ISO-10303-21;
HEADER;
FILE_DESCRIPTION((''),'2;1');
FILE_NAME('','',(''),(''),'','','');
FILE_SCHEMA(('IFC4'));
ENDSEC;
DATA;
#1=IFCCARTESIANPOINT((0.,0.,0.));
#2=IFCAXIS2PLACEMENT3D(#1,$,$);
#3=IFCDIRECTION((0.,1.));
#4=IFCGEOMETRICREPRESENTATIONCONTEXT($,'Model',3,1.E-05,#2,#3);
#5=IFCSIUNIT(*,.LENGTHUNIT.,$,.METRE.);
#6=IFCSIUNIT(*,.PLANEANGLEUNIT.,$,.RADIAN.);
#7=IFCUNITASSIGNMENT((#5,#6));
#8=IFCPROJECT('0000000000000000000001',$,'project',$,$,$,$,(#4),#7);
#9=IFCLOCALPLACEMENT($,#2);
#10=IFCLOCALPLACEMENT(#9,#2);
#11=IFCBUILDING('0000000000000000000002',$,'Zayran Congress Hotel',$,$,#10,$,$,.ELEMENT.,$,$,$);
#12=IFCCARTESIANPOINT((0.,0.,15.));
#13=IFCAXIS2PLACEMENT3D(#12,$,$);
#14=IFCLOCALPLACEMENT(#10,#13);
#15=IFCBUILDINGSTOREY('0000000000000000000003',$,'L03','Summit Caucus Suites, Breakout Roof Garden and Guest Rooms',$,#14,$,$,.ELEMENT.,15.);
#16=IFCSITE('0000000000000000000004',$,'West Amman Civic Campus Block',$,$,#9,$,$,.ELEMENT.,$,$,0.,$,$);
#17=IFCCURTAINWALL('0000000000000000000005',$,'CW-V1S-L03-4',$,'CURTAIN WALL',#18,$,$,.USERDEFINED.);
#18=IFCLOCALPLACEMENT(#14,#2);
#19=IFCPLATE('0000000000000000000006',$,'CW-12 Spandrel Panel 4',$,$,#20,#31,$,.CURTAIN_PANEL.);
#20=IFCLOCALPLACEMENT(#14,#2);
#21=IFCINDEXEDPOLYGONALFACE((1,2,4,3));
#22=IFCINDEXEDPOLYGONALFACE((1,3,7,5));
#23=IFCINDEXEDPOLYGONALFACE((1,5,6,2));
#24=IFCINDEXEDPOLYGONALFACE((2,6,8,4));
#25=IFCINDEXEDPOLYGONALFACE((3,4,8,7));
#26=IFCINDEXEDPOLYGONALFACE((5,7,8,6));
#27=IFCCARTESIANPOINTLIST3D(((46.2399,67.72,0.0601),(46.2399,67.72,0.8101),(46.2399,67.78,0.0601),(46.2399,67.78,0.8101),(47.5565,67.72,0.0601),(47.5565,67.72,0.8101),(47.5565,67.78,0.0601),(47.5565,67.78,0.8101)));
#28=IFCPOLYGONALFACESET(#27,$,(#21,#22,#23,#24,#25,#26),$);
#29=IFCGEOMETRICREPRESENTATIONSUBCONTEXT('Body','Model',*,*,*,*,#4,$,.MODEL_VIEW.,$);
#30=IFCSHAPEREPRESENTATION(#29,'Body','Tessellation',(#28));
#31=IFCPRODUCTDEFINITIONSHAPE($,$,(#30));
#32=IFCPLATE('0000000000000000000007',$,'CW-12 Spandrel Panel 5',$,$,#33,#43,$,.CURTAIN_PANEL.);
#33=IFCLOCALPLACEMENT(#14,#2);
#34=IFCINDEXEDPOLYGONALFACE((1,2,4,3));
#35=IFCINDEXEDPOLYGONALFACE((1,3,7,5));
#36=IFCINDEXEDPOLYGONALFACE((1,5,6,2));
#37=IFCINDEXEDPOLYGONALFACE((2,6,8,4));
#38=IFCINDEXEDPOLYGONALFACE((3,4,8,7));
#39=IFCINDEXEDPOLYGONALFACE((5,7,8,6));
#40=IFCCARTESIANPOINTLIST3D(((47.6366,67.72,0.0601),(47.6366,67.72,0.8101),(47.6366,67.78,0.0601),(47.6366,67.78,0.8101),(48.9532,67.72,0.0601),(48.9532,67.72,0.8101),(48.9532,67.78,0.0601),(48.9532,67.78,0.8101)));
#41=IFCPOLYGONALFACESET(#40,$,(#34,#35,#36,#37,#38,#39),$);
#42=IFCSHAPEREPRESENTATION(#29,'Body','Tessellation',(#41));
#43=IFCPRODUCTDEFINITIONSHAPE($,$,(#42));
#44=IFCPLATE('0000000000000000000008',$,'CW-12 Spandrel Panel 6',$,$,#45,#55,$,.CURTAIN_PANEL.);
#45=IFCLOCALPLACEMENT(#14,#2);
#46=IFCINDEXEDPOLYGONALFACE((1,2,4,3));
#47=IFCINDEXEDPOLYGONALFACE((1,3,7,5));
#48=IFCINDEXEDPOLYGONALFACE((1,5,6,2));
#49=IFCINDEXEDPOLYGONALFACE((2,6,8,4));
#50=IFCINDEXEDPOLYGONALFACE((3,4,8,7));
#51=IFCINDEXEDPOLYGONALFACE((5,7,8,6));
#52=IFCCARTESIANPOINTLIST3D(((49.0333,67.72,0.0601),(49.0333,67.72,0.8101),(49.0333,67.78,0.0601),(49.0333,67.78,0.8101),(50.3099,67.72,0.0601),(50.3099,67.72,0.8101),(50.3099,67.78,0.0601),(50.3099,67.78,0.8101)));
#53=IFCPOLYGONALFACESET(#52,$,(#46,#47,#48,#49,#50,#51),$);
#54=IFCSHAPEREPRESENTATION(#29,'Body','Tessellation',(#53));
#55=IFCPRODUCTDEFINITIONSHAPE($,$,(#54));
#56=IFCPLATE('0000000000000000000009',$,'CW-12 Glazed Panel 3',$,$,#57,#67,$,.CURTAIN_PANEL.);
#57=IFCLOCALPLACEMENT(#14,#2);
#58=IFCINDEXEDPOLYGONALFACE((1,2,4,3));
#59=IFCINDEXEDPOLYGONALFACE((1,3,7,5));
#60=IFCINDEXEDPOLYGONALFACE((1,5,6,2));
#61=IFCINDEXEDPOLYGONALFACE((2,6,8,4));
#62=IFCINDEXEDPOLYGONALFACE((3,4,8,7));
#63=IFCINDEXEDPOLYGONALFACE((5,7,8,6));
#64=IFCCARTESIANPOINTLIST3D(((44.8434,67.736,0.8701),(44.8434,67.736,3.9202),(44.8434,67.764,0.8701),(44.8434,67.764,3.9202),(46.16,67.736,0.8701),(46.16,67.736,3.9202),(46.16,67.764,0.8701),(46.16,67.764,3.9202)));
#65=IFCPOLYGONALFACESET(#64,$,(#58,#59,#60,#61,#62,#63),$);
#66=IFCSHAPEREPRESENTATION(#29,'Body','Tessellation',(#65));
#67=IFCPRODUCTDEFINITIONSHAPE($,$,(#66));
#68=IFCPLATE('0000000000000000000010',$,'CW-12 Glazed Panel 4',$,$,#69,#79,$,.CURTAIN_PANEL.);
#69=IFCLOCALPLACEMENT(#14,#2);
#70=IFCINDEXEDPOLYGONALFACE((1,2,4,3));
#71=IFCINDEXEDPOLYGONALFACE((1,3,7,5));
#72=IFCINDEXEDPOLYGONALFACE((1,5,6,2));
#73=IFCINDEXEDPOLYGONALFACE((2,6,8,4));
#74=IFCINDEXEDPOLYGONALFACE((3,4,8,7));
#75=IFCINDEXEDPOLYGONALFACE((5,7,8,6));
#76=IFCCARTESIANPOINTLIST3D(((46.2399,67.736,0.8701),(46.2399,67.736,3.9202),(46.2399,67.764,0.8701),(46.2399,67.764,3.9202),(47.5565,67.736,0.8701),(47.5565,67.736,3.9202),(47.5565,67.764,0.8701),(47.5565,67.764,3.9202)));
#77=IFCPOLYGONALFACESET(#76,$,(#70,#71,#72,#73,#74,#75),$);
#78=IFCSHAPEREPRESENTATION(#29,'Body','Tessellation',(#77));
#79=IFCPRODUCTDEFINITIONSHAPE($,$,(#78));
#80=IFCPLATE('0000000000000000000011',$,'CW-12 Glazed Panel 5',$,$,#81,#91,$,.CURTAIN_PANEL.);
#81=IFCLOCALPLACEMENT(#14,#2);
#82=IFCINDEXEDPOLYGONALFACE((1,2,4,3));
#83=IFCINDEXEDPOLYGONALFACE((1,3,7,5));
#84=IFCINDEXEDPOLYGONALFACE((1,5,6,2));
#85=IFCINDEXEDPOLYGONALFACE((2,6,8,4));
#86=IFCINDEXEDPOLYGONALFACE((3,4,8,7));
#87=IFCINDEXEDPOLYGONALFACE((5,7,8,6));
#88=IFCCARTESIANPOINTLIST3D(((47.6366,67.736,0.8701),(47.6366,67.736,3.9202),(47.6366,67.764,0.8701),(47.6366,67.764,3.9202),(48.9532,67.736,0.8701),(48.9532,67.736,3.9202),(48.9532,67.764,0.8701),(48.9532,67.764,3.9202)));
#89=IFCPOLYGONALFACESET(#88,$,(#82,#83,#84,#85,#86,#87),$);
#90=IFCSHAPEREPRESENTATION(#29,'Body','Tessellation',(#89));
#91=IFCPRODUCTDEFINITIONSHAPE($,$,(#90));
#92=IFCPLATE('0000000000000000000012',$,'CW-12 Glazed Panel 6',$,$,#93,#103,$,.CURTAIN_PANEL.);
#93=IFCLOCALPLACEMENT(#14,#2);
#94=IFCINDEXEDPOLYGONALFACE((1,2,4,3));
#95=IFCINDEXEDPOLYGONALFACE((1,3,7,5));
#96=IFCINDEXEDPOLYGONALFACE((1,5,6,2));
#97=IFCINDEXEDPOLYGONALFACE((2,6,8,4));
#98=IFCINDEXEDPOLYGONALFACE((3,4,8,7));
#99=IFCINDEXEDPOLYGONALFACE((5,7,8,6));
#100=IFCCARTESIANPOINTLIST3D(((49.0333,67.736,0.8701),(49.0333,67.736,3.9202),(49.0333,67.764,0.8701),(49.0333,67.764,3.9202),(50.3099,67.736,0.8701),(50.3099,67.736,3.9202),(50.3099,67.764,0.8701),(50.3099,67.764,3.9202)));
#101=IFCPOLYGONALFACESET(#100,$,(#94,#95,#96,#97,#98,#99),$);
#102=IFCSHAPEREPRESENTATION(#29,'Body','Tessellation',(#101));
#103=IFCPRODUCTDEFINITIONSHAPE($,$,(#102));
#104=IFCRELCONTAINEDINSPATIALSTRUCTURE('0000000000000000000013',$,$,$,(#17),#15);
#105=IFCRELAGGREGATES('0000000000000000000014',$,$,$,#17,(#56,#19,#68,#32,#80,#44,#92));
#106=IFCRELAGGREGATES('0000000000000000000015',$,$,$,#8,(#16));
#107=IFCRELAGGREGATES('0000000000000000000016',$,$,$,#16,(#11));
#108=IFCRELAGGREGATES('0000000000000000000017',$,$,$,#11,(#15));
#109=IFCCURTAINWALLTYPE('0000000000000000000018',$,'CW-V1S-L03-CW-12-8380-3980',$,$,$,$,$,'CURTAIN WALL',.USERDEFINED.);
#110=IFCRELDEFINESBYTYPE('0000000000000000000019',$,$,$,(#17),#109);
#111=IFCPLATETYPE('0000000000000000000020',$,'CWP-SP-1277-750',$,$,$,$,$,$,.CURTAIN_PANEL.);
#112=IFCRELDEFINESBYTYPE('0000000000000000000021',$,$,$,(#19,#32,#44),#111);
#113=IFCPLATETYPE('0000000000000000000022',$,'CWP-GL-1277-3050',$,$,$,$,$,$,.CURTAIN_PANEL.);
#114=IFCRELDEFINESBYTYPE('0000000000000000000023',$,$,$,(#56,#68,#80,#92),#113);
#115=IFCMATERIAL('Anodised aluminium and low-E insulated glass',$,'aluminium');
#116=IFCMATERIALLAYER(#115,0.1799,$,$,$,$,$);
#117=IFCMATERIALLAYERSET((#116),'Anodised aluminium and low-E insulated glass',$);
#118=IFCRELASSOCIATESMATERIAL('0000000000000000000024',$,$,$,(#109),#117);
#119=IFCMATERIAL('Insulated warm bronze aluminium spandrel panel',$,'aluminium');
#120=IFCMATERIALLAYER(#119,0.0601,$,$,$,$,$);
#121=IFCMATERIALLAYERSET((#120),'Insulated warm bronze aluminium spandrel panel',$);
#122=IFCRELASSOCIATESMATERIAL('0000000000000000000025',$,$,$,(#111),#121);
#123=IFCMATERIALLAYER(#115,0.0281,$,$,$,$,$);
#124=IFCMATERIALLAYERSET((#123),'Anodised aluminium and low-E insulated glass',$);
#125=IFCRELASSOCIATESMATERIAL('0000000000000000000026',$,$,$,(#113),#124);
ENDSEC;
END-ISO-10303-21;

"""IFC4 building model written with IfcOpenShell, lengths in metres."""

from ifc_helpers import new_model, si_unit, direction, frame, origin, origin_2d, place, context, subcontext, project, spatial, rectangle, extrude, material, layer, layer_set, type_object, element, aggregate, save


model = new_model("IFC4")

# Units and contexts
model_context = context("Model", 3, precision=1e-05, world=origin(), true_north=direction((0.0, 1.0)))
body_context = subcontext(model_context, "Body", "Model", "MODEL_VIEW")
ifc_project = project(units=[si_unit("LENGTHUNIT", "METRE"), si_unit("PLANEANGLEUNIT", "RADIAN")], contexts=[model_context])

# Site, building, storey
site_placement = place(None, origin())
site = spatial("IfcSite", under=ifc_project, at=site_placement, Name="West Amman Civic Campus Block", CompositionType="ELEMENT", RefElevation=0.0)
building_placement = place(site_placement, origin())
building = spatial("IfcBuilding", under=site, at=building_placement, Name="Zayran Congress Hotel", CompositionType="ELEMENT")
storey_placement = place(building_placement, frame((0.0, 0.0, 15.0)))
storey = spatial("IfcBuildingStorey", under=building, at=storey_placement, Name="L03", Description="Summit Caucus Suites, Breakout Roof Garden and Guest Rooms", CompositionType="ELEMENT", Elevation=15.0)

# Curtain wall, plates
ifc_material_1 = material(Name="Anodised aluminium and low-E insulated glass", Category="aluminium")
ifc_layer_1 = layer(ifc_material_1, 0.1799)
ifc_layer_set_1 = layer_set([ifc_layer_1], Name="Anodised aluminium and low-E insulated glass")
curtain_wall_type = type_object("IfcCurtainWallType", Name="CW-V1S-L03-CW-12-8380-3980", ElementType="CURTAIN WALL", PredefinedType="USERDEFINED", material=ifc_layer_set_1)
curtain_wall_placement = place(storey_placement, origin())
curtain_wall = element("IfcCurtainWall", 1, at=curtain_wall_placement, inside=storey, type_object=curtain_wall_type, Name="CW-V1S-L03-4", ObjectType="CURTAIN WALL", PredefinedType="USERDEFINED")
ifc_material_2 = material(Name="Insulated warm bronze aluminium spandrel panel", Category="aluminium")
ifc_layer_2 = layer(ifc_material_2, 0.0601)
ifc_layer_set_2 = layer_set([ifc_layer_2], Name="Insulated warm bronze aluminium spandrel panel")
plate_type_1 = type_object("IfcPlateType", Name="CWP-SP-1277-750", PredefinedType="CURTAIN_PANEL", material=ifc_layer_set_2)
plate_1_placement = place(storey_placement, frame((46.8982, 67.75, 0.0601), z_axis=(0.0, 0.0, 1.0), x_axis=(1.0, 0.0, 0.0)))
plate_1 = element("IfcPlate", 2, at=plate_1_placement, type_object=plate_type_1, Name="CW-12 Spandrel Panel 4", PredefinedType="CURTAIN_PANEL", context=body_context, shape_type="SweptSolid", body=[
    extrude(rectangle(XDim=1.3167, YDim=0.0601, at=origin_2d()), origin(), (0.0, 0.0, 1.0), 0.75),
])
plate_2_placement = place(storey_placement, frame((48.2949, 67.75, 0.0601), z_axis=(0.0, 0.0, 1.0), x_axis=(1.0, 0.0, 0.0)))
plate_2 = element("IfcPlate", 3, at=plate_2_placement, type_object=plate_type_1, Name="CW-12 Spandrel Panel 5", PredefinedType="CURTAIN_PANEL", context=body_context, shape_type="SweptSolid", body=[
    extrude(rectangle(XDim=1.3167, YDim=0.0601, at=origin_2d()), origin(), (0.0, 0.0, 1.0), 0.75),
])
plate_3_placement = place(storey_placement, frame((49.6716, 67.75, 0.0601), z_axis=(0.0, 0.0, 1.0), x_axis=(1.0, 0.0, 0.0)))
plate_3 = element("IfcPlate", 4, at=plate_3_placement, type_object=plate_type_1, Name="CW-12 Spandrel Panel 6", PredefinedType="CURTAIN_PANEL", context=body_context, shape_type="SweptSolid", body=[
    extrude(rectangle(XDim=1.2766, YDim=0.0601, at=origin_2d()), origin(), (0.0, 0.0, 1.0), 0.75),
])
ifc_layer_3 = layer(ifc_material_1, 0.0281)
ifc_layer_set_3 = layer_set([ifc_layer_3], Name="Anodised aluminium and low-E insulated glass")
plate_type_2 = type_object("IfcPlateType", Name="CWP-GL-1277-3050", PredefinedType="CURTAIN_PANEL", material=ifc_layer_set_3)
plate_4_placement = place(storey_placement, frame((45.5017, 67.75, 0.8701), z_axis=(0.0, 0.0, 1.0), x_axis=(1.0, 0.0, 0.0)))
plate_4 = element("IfcPlate", 5, at=plate_4_placement, type_object=plate_type_2, Name="CW-12 Glazed Panel 3", PredefinedType="CURTAIN_PANEL", context=body_context, shape_type="SweptSolid", body=[
    extrude(rectangle(XDim=1.3167, YDim=0.0281, at=origin_2d()), origin(), (0.0, 0.0, 1.0), 3.05),
])
plate_5_placement = place(storey_placement, frame((46.8982, 67.75, 0.8701), z_axis=(0.0, 0.0, 1.0), x_axis=(1.0, 0.0, 0.0)))
plate_5 = element("IfcPlate", 6, at=plate_5_placement, type_object=plate_type_2, Name="CW-12 Glazed Panel 4", PredefinedType="CURTAIN_PANEL", context=body_context, shape_type="SweptSolid", body=[
    extrude(rectangle(XDim=1.3167, YDim=0.0281, at=origin_2d()), origin(), (0.0, 0.0, 1.0), 3.05),
])
plate_6_placement = place(storey_placement, frame((48.2949, 67.75, 0.8701), z_axis=(0.0, 0.0, 1.0), x_axis=(1.0, 0.0, 0.0)))
plate_6 = element("IfcPlate", 7, at=plate_6_placement, type_object=plate_type_2, Name="CW-12 Glazed Panel 5", PredefinedType="CURTAIN_PANEL", context=body_context, shape_type="SweptSolid", body=[
    extrude(rectangle(XDim=1.3167, YDim=0.0281, at=origin_2d()), origin(), (0.0, 0.0, 1.0), 3.05),
])
plate_7_placement = place(storey_placement, frame((49.6716, 67.75, 0.8701), z_axis=(0.0, 0.0, 1.0), x_axis=(1.0, 0.0, 0.0)))
plate_7 = element("IfcPlate", 8, at=plate_7_placement, type_object=plate_type_2, Name="CW-12 Glazed Panel 6", PredefinedType="CURTAIN_PANEL", context=body_context, shape_type="SweptSolid", body=[
    extrude(rectangle(XDim=1.2766, YDim=0.0281, at=origin_2d()), origin(), (0.0, 0.0, 1.0), 3.05),
])
aggregate(curtain_wall, [plate_4, plate_1, plate_5, plate_2, plate_6, plate_3, plate_7])

save(model, "model.ifc")
